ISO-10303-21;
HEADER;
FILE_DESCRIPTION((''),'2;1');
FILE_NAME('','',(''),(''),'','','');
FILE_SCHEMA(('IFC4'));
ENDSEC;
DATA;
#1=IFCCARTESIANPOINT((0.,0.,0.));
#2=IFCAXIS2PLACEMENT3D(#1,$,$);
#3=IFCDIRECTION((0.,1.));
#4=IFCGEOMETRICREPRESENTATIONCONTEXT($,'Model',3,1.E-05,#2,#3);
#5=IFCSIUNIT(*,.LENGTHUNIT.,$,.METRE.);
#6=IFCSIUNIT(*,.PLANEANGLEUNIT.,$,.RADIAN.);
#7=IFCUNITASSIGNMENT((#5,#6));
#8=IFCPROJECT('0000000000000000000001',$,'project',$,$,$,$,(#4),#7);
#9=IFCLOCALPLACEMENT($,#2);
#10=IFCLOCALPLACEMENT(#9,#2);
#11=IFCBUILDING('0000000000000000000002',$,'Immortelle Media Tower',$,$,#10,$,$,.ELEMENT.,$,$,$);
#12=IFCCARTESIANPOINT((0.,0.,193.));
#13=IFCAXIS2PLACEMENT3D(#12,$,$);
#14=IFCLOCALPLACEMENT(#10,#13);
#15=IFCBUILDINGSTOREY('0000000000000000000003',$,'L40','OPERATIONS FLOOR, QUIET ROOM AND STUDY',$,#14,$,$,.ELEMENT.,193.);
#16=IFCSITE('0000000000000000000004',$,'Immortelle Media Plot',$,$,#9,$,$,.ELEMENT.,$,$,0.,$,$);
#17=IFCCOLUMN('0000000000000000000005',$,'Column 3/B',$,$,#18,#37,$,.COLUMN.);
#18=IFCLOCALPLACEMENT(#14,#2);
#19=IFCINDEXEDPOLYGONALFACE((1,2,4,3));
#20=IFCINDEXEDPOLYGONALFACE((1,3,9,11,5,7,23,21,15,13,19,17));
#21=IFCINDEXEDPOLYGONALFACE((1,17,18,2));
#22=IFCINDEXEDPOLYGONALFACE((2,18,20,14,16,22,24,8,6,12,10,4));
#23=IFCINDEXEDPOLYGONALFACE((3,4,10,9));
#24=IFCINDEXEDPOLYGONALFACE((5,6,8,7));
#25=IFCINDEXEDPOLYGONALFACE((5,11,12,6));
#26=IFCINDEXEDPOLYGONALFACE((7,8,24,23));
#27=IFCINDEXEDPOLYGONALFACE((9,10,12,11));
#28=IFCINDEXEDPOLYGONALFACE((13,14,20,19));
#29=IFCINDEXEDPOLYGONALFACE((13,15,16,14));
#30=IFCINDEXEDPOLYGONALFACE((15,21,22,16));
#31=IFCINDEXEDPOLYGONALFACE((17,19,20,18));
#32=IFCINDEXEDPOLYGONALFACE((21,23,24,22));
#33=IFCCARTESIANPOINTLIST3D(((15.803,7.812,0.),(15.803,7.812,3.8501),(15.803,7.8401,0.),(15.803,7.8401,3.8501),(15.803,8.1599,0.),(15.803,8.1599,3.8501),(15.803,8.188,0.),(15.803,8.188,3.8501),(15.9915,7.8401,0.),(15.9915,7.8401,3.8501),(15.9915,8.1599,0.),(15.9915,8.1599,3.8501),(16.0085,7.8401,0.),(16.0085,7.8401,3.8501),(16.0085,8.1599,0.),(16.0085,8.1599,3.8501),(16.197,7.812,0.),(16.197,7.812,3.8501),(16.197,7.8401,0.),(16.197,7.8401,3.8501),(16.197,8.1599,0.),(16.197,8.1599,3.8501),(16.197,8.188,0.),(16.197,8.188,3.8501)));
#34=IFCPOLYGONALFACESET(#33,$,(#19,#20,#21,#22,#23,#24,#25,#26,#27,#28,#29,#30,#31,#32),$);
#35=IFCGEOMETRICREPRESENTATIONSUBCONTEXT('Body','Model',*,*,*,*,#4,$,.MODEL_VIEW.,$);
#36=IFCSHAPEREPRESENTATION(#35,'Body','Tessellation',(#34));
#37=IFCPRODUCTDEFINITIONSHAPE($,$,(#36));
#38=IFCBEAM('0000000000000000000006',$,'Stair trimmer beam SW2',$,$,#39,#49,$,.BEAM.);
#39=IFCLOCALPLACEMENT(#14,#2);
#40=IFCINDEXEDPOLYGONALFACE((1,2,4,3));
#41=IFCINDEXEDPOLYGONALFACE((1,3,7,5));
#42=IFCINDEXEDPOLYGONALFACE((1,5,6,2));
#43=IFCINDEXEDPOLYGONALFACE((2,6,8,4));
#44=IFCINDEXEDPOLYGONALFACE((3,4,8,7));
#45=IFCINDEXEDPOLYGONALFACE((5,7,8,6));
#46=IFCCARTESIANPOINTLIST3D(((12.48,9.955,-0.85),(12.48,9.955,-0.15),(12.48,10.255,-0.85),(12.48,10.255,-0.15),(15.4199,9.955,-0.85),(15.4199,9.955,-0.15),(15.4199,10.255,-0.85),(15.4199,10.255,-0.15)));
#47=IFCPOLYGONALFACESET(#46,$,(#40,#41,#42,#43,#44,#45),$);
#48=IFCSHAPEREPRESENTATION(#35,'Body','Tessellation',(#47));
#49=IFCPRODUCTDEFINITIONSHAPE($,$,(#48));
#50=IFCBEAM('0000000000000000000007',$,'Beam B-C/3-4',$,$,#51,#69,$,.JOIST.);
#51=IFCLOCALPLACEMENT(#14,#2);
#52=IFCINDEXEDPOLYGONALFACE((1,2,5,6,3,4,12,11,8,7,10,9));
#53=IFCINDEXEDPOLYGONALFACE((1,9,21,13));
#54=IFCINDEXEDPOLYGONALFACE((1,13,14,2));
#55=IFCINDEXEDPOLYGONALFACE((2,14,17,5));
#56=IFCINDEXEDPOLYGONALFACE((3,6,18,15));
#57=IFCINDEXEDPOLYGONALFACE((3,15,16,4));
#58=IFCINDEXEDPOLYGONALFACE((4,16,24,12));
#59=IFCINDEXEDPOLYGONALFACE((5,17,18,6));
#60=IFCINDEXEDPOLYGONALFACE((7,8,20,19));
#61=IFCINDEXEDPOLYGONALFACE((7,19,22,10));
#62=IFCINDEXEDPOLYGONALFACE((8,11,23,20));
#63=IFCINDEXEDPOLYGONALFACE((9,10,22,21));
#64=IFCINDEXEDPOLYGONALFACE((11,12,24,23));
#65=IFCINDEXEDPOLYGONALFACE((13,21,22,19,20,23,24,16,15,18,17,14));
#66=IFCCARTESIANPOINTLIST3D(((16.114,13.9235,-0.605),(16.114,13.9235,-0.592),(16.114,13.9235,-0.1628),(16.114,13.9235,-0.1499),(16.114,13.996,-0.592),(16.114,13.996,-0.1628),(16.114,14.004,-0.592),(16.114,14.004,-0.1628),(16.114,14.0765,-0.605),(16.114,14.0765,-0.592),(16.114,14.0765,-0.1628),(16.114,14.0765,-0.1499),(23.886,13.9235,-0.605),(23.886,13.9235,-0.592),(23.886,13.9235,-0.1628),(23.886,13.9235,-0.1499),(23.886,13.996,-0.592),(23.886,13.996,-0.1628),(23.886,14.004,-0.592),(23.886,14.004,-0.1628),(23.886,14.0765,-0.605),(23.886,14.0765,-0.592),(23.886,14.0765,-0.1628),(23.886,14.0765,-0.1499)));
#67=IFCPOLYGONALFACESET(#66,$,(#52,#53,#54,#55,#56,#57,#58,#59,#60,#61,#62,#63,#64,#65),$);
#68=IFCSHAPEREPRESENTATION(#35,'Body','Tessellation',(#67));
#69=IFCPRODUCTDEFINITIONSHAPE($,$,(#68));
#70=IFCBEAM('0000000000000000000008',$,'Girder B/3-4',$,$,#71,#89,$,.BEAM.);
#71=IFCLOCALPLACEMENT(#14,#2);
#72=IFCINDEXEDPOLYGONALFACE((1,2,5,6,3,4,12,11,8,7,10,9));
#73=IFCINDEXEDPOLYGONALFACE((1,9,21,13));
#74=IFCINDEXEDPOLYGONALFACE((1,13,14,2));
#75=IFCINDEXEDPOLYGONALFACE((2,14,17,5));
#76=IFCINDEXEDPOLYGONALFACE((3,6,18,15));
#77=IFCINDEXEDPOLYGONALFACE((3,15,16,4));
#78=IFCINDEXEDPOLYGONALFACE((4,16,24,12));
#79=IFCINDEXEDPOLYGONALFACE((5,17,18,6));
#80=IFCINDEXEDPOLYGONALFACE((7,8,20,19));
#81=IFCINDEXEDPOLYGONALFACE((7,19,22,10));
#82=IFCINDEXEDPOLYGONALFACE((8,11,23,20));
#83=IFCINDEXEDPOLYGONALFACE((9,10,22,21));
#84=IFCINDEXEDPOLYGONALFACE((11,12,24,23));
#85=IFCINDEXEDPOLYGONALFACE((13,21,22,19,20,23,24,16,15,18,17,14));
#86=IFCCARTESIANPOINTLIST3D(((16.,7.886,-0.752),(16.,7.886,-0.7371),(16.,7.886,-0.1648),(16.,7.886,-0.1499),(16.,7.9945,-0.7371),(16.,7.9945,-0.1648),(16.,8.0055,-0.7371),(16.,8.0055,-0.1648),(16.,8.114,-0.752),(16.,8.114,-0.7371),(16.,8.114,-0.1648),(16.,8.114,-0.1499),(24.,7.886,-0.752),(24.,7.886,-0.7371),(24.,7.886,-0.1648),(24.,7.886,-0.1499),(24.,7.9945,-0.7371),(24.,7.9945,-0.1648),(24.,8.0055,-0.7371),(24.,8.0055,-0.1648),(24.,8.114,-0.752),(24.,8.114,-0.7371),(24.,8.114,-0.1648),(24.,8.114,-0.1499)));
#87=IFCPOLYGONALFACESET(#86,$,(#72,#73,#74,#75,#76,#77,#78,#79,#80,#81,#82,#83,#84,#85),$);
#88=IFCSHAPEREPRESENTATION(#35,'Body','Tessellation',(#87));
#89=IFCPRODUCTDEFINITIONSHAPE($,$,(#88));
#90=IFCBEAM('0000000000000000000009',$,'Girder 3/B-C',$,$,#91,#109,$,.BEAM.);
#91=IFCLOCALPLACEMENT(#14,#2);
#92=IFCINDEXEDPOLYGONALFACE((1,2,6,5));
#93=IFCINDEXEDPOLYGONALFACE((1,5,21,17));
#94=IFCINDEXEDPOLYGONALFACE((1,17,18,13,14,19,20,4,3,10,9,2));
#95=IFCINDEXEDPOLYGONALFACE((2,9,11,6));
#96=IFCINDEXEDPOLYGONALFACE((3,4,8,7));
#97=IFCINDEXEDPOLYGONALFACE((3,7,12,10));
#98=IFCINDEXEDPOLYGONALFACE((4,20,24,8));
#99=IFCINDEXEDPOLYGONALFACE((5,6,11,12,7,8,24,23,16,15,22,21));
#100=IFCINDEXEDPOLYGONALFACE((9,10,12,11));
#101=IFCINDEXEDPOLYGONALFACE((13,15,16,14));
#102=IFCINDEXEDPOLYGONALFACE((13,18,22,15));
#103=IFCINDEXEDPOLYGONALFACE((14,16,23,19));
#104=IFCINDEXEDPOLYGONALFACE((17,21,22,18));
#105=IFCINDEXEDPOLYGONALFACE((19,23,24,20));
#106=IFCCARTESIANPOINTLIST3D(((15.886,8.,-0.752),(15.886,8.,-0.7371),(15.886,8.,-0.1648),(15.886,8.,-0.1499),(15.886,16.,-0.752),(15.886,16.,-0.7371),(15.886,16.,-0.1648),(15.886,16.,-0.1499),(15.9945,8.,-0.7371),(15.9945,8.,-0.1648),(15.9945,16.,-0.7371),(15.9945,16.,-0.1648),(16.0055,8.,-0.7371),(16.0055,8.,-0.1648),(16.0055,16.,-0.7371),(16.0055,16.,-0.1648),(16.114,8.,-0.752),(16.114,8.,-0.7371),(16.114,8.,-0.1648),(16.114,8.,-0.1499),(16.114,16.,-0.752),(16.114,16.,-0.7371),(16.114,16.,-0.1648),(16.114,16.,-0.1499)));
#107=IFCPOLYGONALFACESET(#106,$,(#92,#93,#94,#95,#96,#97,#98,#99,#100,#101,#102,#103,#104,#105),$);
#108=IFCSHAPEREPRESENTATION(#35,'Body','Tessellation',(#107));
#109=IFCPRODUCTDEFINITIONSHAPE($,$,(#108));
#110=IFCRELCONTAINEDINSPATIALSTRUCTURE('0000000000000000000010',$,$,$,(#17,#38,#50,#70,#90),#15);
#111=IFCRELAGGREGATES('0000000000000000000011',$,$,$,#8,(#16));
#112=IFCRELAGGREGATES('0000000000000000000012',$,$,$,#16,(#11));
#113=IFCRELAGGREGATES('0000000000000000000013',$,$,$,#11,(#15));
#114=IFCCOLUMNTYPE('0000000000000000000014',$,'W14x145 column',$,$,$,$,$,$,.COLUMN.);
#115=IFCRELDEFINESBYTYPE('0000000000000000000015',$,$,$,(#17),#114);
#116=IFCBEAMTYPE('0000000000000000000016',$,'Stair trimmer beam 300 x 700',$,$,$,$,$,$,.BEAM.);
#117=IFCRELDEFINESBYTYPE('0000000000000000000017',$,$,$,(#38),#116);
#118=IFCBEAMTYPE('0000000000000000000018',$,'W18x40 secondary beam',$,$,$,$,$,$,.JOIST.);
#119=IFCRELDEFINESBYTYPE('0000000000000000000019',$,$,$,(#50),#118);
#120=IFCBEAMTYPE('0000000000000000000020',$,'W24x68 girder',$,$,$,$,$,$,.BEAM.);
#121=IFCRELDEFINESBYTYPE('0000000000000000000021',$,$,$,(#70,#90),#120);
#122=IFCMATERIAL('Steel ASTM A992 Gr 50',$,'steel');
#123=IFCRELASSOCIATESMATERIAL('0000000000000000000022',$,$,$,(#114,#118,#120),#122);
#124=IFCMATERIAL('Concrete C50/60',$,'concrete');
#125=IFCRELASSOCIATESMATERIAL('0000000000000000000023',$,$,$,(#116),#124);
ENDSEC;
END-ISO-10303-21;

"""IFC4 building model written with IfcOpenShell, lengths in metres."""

from ifc_helpers import new_model, si_unit, direction, frame, origin, origin_2d, place, context, subcontext, project, spatial, rectangle, i_section, extrude, material, material_profile, profile_set, type_object, element, save


model = new_model("IFC4")

# Units and contexts
model_context = context("Model", 3, precision=1e-05, world=origin(), true_north=direction((0.0, 1.0)))
body_context = subcontext(model_context, "Body", "Model", "MODEL_VIEW")
ifc_project = project(units=[si_unit("LENGTHUNIT", "METRE"), si_unit("PLANEANGLEUNIT", "RADIAN")], contexts=[model_context])

# Site, building, storey
site_placement = place(None, origin())
site = spatial("IfcSite", under=ifc_project, at=site_placement, Name="Immortelle Media Plot", CompositionType="ELEMENT", RefElevation=0.0)
building_placement = place(site_placement, origin())
building = spatial("IfcBuilding", under=site, at=building_placement, Name="Immortelle Media Tower", CompositionType="ELEMENT")
storey_placement = place(building_placement, frame((0.0, 0.0, 193.0)))
storey = spatial("IfcBuildingStorey", under=building, at=storey_placement, Name="L40", Description="OPERATIONS FLOOR, QUIET ROOM AND STUDY", CompositionType="ELEMENT", Elevation=193.0)

# Column
ifc_material_1 = material(Name="Steel ASTM A992 Gr 50", Category="steel")
ifc_material_profile_1 = material_profile(ifc_material_1, i_section(OverallWidth=0.394, OverallDepth=0.376, WebThickness=0.0171, FlangeThickness=0.0281, at=origin_2d()), Name="W14x145")
ifc_profile_set_1 = profile_set([ifc_material_profile_1], Name="Steel ASTM A992 Gr 50")
column_type = type_object("IfcColumnType", Name="W14x145 column", PredefinedType="COLUMN", material=ifc_profile_set_1)
column_placement = place(storey_placement, frame((16.0, 8.0, 0.0), z_axis=(0.0, 0.0, 1.0), x_axis=(1.0, 0.0, 0.0)))
element("IfcColumn", 1, at=column_placement, inside=storey, type_object=column_type, Name="Column 3/B", PredefinedType="COLUMN", context=body_context, shape_type="SweptSolid", body=[
    extrude(i_section(OverallWidth=0.394, OverallDepth=0.376, WebThickness=0.0171, FlangeThickness=0.0281, at=origin_2d()), origin(), (0.0, 0.0, 1.0), 3.8501),
])

# Beams
ifc_material_2 = material(Name="Concrete C50/60", Category="concrete")
ifc_material_profile_2 = material_profile(ifc_material_2, rectangle(XDim=0.3, YDim=0.7, at=origin_2d()), Name="RC 300x700")
ifc_profile_set_2 = profile_set([ifc_material_profile_2], Name="Concrete C50/60")
beam_type_1 = type_object("IfcBeamType", Name="Stair trimmer beam 300 x 700", PredefinedType="BEAM", material=ifc_profile_set_2)
beam_1_placement = place(storey_placement, frame((12.48, 10.105, -0.5), z_axis=(1.0, 0.0, 0.0), x_axis=(0.0, 1.0, 0.0)))
element("IfcBeam", 2, at=beam_1_placement, inside=storey, type_object=beam_type_1, Name="Stair trimmer beam SW2", PredefinedType="BEAM", context=body_context, shape_type="SweptSolid", body=[
    extrude(rectangle(XDim=0.3, YDim=0.7, at=origin_2d()), origin(), (0.0, 0.0, 1.0), 2.9399),
])
ifc_material_profile_3 = material_profile(ifc_material_1, i_section(OverallWidth=0.1531, OverallDepth=0.4551, WebThickness=0.0081, FlangeThickness=0.0129, at=origin_2d()), Name="W18x40")
ifc_profile_set_3 = profile_set([ifc_material_profile_3], Name="Steel ASTM A992 Gr 50")
beam_type_2 = type_object("IfcBeamType", Name="W18x40 secondary beam", PredefinedType="JOIST", material=ifc_profile_set_3)
beam_2_placement = place(storey_placement, frame((16.114, 14.0, -0.3774), z_axis=(1.0, 0.0, 0.0), x_axis=(0.0, 1.0, 0.0)))
element("IfcBeam", 3, at=beam_2_placement, inside=storey, type_object=beam_type_2, Name="Beam B-C/3-4", PredefinedType="JOIST", context=body_context, shape_type="SweptSolid", body=[
    extrude(i_section(OverallWidth=0.1531, OverallDepth=0.4551, WebThickness=0.0081, FlangeThickness=0.0129, at=origin_2d()), origin(), (0.0, 0.0, 1.0), 7.772),
])
ifc_material_profile_4 = material_profile(ifc_material_1, i_section(OverallWidth=0.228, OverallDepth=0.6021, WebThickness=0.011, FlangeThickness=0.0149, at=origin_2d()), Name="W24x68")
ifc_profile_set_4 = profile_set([ifc_material_profile_4], Name="Steel ASTM A992 Gr 50")
beam_type_3 = type_object("IfcBeamType", Name="W24x68 girder", PredefinedType="BEAM", material=ifc_profile_set_4)
for number, where, z_axis, x_axis, name in (
    (4, (16.0, 8.0, -0.4509), (1.0, 0.0, 0.0), (0.0, 1.0, 0.0), "Girder B/3-4"),
    (5, (16.0, 8.0, -0.4509), (0.0, 1.0, 0.0), (-1.0, 0.0, 0.0), "Girder 3/B-C"),
):
    element("IfcBeam", number, at=place(storey_placement, frame(where, z_axis=z_axis, x_axis=x_axis)), inside=storey, type_object=beam_type_3, Name=name, PredefinedType="BEAM", context=body_context, shape_type="SweptSolid", body=[
        extrude(i_section(OverallWidth=0.228, OverallDepth=0.6021, WebThickness=0.011, FlangeThickness=0.0149, at=origin_2d()), origin(), (0.0, 0.0, 1.0), 8.0),
    ])

save(model, "model.ifc")
